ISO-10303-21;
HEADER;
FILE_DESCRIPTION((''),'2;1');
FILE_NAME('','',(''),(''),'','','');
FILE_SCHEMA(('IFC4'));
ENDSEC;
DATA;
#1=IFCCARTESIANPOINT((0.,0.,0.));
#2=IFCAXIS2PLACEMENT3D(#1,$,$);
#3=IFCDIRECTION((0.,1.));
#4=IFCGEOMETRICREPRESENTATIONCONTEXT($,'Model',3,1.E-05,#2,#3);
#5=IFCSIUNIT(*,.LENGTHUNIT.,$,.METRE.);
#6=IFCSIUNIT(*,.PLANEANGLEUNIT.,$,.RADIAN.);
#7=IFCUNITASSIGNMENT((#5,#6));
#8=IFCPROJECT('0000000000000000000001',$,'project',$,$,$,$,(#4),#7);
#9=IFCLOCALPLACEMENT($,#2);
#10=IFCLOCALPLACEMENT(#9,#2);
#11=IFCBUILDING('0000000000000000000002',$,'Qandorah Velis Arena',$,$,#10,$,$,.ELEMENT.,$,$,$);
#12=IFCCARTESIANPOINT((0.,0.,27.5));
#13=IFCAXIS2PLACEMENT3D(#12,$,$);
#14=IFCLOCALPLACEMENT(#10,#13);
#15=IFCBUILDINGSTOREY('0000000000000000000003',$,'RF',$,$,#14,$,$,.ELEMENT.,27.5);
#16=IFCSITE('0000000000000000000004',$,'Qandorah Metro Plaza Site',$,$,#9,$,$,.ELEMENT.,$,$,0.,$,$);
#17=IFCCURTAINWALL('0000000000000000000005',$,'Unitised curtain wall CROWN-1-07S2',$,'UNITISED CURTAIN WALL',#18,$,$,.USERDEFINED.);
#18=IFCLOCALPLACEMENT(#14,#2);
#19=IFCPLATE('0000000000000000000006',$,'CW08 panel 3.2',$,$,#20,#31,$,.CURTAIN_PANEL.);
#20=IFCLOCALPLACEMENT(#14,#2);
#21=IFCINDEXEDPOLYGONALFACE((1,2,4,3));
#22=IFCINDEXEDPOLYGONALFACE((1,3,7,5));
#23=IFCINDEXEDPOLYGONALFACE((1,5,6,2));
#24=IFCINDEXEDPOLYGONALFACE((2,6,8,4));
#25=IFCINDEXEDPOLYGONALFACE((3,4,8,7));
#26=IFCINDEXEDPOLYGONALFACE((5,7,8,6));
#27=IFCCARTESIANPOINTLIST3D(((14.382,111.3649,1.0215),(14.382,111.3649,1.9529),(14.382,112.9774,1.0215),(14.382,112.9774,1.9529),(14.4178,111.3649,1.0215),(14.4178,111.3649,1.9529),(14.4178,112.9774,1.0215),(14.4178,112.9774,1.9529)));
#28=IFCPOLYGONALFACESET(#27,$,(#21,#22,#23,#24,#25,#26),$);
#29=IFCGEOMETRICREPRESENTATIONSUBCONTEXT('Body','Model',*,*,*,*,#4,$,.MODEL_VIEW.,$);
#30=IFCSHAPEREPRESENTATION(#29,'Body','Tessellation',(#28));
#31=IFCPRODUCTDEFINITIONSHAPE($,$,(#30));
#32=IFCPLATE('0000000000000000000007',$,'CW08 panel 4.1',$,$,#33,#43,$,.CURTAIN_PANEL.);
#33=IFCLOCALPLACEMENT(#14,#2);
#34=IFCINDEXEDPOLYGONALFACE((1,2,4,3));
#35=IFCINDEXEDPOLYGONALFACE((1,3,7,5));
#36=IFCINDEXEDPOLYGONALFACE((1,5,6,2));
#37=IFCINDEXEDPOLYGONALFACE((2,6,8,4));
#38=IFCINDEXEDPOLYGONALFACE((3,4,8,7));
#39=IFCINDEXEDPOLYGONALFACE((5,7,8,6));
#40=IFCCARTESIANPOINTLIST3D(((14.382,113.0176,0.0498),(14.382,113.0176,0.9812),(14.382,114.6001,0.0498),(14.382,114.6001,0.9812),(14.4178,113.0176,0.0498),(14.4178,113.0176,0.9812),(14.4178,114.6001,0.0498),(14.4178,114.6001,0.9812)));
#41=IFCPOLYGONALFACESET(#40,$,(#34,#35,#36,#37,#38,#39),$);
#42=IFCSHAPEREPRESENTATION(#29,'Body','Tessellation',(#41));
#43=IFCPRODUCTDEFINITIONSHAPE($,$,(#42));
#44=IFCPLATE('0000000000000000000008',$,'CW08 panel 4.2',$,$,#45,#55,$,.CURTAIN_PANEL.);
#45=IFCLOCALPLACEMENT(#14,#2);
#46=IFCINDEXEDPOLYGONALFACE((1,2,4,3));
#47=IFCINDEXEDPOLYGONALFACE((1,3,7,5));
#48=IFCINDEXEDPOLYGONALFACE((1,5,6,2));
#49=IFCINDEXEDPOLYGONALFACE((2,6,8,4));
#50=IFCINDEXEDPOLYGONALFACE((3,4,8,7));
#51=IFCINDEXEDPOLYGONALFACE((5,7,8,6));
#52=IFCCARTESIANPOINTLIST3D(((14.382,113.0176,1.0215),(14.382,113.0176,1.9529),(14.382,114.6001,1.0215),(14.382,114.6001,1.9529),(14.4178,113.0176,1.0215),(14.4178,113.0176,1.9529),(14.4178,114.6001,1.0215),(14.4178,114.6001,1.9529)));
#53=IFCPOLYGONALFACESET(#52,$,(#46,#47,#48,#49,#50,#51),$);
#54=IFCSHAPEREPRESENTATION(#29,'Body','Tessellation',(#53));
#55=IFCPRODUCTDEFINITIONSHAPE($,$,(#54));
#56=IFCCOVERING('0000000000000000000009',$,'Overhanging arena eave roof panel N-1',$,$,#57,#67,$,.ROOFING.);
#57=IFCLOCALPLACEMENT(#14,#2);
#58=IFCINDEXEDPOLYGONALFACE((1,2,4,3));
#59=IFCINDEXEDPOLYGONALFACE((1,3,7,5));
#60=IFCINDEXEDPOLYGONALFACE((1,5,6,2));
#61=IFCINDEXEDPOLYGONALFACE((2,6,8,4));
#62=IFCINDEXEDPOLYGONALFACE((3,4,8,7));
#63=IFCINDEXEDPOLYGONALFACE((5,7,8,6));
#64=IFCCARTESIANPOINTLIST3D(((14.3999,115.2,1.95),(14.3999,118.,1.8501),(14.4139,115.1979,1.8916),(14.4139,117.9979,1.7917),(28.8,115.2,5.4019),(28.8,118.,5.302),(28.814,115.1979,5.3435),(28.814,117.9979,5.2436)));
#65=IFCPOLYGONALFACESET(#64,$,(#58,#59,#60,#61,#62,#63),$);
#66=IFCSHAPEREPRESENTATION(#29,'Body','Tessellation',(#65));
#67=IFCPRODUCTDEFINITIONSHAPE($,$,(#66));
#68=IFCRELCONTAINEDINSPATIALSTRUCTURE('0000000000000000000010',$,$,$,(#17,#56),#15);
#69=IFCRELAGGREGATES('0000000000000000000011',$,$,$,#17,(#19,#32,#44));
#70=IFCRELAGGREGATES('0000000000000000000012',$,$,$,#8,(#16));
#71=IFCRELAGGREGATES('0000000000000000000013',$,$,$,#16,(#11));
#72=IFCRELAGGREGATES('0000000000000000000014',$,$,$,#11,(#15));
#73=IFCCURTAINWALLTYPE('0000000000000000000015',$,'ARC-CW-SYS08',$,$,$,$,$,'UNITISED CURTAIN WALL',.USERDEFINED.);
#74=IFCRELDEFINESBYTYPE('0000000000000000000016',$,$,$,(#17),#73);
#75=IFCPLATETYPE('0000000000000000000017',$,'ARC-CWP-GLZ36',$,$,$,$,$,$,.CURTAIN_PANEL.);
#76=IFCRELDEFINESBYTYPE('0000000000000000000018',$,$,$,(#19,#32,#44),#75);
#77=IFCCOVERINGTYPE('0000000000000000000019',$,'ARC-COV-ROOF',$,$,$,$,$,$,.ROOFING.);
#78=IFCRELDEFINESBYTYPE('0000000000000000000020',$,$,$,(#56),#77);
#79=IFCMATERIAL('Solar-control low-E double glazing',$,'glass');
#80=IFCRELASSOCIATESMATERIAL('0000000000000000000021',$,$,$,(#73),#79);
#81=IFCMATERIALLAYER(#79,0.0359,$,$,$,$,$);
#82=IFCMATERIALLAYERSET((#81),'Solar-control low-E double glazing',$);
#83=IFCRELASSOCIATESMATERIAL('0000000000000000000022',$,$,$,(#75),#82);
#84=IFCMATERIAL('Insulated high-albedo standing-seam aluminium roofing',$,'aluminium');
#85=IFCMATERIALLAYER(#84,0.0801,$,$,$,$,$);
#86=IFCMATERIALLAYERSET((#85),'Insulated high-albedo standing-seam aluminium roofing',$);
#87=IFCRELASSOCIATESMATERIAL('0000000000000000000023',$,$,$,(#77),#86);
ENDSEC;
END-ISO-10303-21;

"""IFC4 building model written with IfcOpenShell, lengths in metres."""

from ifc_helpers import new_model, si_unit, direction, frame, origin, origin_2d, place, context, subcontext, project, spatial, polyline, rectangle, outline, extrude, material, layer, layer_set, type_object, element, aggregate, save


model = new_model("IFC4")

# Units and contexts
model_context = context("Model", 3, precision=1e-05, world=origin(), true_north=direction((0.0, 1.0)))
body_context = subcontext(model_context, "Body", "Model", "MODEL_VIEW")
ifc_project = project(units=[si_unit("LENGTHUNIT", "METRE"), si_unit("PLANEANGLEUNIT", "RADIAN")], contexts=[model_context])

# Site, building, storey
site_placement = place(None, origin())
site = spatial("IfcSite", under=ifc_project, at=site_placement, Name="Qandorah Metro Plaza Site", CompositionType="ELEMENT", RefElevation=0.0)
building_placement = place(site_placement, origin())
building = spatial("IfcBuilding", under=site, at=building_placement, Name="Qandorah Velis Arena", CompositionType="ELEMENT")
storey_placement = place(building_placement, frame((0.0, 0.0, 27.5)))
storey = spatial("IfcBuildingStorey", under=building, at=storey_placement, Name="RF", CompositionType="ELEMENT", Elevation=27.5)

# Shared definitions
ifc_material_1 = material(Name="Solar-control low-E double glazing", Category="glass")

# Curtain wall
curtain_wall_type_1 = type_object("IfcCurtainWallType", Name="ARC-CW-SYS08", ElementType="UNITISED CURTAIN WALL", PredefinedType="USERDEFINED", material=ifc_material_1)
curtain_wall_1_placement = place(storey_placement, origin())
curtain_wall_1 = element("IfcCurtainWall", 1, at=curtain_wall_1_placement, inside=storey, type_object=curtain_wall_type_1, Name="Unitised curtain wall CROWN-1-07S2", ObjectType="UNITISED CURTAIN WALL", PredefinedType="USERDEFINED")

# Plates
ifc_layer_1 = layer(ifc_material_1, 0.0359)
ifc_layer_set_1 = layer_set([ifc_layer_1], Name="Solar-control low-E double glazing")
plate_type = type_object("IfcPlateType", Name="ARC-CWP-GLZ36", PredefinedType="CURTAIN_PANEL", material=ifc_layer_set_1)
plate_1_placement = place(storey_placement, frame((14.3999, 112.1711, 1.0215), z_axis=(0.0, 0.0, 1.0), x_axis=(0.0, 1.0, 0.0)))
plate_1 = element("IfcPlate", 2, at=plate_1_placement, type_object=plate_type, Name="CW08 panel 3.2", PredefinedType="CURTAIN_PANEL", context=body_context, shape_type="SweptSolid", body=[
    extrude(rectangle(XDim=1.6125, YDim=0.0359, at=origin_2d()), origin(), (0.0, 0.0, 1.0), 0.9314),
])
plate_2_placement = place(storey_placement, frame((14.3999, 113.8088, 0.0498), z_axis=(0.0, 0.0, 1.0), x_axis=(0.0, 1.0, 0.0)))
plate_2 = element("IfcPlate", 3, at=plate_2_placement, type_object=plate_type, Name="CW08 panel 4.1", PredefinedType="CURTAIN_PANEL", context=body_context, shape_type="SweptSolid", body=[
    extrude(rectangle(XDim=1.5825, YDim=0.0359, at=origin_2d()), origin(), (0.0, 0.0, 1.0), 0.9314),
])
plate_3_placement = place(storey_placement, frame((14.3999, 113.8088, 1.0215), z_axis=(0.0, 0.0, 1.0), x_axis=(0.0, 1.0, 0.0)))
plate_3 = element("IfcPlate", 4, at=plate_3_placement, type_object=plate_type, Name="CW08 panel 4.2", PredefinedType="CURTAIN_PANEL", context=body_context, shape_type="SweptSolid", body=[
    extrude(rectangle(XDim=1.5825, YDim=0.0359, at=origin_2d()), origin(), (0.0, 0.0, 1.0), 0.9314),
])
aggregate(curtain_wall_1, [plate_1, plate_2, plate_3])

# Covering
ifc_material_2 = material(Name="Insulated high-albedo standing-seam aluminium roofing", Category="aluminium")
ifc_layer_2 = layer(ifc_material_2, 0.0801)
ifc_layer_set_2 = layer_set([ifc_layer_2], Name="Insulated high-albedo standing-seam aluminium roofing")
covering_type = type_object("IfcCoveringType", Name="ARC-COV-ROOF", PredefinedType="ROOFING", material=ifc_layer_set_2)
covering_placement = place(storey_placement, frame((14.3999, 115.2, 1.95), z_axis=(-0.232969, 0.034658, 0.971866), x_axis=(0.972451, 0.0, 0.233109)))
element("IfcCovering", 5, at=covering_placement, inside=storey, type_object=covering_type, Name="Overhanging arena eave roof panel N-1", PredefinedType="ROOFING", context=body_context, shape_type="SweptSolid", body=[
    extrude(outline(polyline([(0.0, 0.0), (14.8081, 0.0), (14.7848, 2.8017), (-0.0233, 2.8017), (0.0, 0.0)])), origin(), (0.0, 0.0, -1.0), 0.0601),
])

save(model, "model.ifc")
